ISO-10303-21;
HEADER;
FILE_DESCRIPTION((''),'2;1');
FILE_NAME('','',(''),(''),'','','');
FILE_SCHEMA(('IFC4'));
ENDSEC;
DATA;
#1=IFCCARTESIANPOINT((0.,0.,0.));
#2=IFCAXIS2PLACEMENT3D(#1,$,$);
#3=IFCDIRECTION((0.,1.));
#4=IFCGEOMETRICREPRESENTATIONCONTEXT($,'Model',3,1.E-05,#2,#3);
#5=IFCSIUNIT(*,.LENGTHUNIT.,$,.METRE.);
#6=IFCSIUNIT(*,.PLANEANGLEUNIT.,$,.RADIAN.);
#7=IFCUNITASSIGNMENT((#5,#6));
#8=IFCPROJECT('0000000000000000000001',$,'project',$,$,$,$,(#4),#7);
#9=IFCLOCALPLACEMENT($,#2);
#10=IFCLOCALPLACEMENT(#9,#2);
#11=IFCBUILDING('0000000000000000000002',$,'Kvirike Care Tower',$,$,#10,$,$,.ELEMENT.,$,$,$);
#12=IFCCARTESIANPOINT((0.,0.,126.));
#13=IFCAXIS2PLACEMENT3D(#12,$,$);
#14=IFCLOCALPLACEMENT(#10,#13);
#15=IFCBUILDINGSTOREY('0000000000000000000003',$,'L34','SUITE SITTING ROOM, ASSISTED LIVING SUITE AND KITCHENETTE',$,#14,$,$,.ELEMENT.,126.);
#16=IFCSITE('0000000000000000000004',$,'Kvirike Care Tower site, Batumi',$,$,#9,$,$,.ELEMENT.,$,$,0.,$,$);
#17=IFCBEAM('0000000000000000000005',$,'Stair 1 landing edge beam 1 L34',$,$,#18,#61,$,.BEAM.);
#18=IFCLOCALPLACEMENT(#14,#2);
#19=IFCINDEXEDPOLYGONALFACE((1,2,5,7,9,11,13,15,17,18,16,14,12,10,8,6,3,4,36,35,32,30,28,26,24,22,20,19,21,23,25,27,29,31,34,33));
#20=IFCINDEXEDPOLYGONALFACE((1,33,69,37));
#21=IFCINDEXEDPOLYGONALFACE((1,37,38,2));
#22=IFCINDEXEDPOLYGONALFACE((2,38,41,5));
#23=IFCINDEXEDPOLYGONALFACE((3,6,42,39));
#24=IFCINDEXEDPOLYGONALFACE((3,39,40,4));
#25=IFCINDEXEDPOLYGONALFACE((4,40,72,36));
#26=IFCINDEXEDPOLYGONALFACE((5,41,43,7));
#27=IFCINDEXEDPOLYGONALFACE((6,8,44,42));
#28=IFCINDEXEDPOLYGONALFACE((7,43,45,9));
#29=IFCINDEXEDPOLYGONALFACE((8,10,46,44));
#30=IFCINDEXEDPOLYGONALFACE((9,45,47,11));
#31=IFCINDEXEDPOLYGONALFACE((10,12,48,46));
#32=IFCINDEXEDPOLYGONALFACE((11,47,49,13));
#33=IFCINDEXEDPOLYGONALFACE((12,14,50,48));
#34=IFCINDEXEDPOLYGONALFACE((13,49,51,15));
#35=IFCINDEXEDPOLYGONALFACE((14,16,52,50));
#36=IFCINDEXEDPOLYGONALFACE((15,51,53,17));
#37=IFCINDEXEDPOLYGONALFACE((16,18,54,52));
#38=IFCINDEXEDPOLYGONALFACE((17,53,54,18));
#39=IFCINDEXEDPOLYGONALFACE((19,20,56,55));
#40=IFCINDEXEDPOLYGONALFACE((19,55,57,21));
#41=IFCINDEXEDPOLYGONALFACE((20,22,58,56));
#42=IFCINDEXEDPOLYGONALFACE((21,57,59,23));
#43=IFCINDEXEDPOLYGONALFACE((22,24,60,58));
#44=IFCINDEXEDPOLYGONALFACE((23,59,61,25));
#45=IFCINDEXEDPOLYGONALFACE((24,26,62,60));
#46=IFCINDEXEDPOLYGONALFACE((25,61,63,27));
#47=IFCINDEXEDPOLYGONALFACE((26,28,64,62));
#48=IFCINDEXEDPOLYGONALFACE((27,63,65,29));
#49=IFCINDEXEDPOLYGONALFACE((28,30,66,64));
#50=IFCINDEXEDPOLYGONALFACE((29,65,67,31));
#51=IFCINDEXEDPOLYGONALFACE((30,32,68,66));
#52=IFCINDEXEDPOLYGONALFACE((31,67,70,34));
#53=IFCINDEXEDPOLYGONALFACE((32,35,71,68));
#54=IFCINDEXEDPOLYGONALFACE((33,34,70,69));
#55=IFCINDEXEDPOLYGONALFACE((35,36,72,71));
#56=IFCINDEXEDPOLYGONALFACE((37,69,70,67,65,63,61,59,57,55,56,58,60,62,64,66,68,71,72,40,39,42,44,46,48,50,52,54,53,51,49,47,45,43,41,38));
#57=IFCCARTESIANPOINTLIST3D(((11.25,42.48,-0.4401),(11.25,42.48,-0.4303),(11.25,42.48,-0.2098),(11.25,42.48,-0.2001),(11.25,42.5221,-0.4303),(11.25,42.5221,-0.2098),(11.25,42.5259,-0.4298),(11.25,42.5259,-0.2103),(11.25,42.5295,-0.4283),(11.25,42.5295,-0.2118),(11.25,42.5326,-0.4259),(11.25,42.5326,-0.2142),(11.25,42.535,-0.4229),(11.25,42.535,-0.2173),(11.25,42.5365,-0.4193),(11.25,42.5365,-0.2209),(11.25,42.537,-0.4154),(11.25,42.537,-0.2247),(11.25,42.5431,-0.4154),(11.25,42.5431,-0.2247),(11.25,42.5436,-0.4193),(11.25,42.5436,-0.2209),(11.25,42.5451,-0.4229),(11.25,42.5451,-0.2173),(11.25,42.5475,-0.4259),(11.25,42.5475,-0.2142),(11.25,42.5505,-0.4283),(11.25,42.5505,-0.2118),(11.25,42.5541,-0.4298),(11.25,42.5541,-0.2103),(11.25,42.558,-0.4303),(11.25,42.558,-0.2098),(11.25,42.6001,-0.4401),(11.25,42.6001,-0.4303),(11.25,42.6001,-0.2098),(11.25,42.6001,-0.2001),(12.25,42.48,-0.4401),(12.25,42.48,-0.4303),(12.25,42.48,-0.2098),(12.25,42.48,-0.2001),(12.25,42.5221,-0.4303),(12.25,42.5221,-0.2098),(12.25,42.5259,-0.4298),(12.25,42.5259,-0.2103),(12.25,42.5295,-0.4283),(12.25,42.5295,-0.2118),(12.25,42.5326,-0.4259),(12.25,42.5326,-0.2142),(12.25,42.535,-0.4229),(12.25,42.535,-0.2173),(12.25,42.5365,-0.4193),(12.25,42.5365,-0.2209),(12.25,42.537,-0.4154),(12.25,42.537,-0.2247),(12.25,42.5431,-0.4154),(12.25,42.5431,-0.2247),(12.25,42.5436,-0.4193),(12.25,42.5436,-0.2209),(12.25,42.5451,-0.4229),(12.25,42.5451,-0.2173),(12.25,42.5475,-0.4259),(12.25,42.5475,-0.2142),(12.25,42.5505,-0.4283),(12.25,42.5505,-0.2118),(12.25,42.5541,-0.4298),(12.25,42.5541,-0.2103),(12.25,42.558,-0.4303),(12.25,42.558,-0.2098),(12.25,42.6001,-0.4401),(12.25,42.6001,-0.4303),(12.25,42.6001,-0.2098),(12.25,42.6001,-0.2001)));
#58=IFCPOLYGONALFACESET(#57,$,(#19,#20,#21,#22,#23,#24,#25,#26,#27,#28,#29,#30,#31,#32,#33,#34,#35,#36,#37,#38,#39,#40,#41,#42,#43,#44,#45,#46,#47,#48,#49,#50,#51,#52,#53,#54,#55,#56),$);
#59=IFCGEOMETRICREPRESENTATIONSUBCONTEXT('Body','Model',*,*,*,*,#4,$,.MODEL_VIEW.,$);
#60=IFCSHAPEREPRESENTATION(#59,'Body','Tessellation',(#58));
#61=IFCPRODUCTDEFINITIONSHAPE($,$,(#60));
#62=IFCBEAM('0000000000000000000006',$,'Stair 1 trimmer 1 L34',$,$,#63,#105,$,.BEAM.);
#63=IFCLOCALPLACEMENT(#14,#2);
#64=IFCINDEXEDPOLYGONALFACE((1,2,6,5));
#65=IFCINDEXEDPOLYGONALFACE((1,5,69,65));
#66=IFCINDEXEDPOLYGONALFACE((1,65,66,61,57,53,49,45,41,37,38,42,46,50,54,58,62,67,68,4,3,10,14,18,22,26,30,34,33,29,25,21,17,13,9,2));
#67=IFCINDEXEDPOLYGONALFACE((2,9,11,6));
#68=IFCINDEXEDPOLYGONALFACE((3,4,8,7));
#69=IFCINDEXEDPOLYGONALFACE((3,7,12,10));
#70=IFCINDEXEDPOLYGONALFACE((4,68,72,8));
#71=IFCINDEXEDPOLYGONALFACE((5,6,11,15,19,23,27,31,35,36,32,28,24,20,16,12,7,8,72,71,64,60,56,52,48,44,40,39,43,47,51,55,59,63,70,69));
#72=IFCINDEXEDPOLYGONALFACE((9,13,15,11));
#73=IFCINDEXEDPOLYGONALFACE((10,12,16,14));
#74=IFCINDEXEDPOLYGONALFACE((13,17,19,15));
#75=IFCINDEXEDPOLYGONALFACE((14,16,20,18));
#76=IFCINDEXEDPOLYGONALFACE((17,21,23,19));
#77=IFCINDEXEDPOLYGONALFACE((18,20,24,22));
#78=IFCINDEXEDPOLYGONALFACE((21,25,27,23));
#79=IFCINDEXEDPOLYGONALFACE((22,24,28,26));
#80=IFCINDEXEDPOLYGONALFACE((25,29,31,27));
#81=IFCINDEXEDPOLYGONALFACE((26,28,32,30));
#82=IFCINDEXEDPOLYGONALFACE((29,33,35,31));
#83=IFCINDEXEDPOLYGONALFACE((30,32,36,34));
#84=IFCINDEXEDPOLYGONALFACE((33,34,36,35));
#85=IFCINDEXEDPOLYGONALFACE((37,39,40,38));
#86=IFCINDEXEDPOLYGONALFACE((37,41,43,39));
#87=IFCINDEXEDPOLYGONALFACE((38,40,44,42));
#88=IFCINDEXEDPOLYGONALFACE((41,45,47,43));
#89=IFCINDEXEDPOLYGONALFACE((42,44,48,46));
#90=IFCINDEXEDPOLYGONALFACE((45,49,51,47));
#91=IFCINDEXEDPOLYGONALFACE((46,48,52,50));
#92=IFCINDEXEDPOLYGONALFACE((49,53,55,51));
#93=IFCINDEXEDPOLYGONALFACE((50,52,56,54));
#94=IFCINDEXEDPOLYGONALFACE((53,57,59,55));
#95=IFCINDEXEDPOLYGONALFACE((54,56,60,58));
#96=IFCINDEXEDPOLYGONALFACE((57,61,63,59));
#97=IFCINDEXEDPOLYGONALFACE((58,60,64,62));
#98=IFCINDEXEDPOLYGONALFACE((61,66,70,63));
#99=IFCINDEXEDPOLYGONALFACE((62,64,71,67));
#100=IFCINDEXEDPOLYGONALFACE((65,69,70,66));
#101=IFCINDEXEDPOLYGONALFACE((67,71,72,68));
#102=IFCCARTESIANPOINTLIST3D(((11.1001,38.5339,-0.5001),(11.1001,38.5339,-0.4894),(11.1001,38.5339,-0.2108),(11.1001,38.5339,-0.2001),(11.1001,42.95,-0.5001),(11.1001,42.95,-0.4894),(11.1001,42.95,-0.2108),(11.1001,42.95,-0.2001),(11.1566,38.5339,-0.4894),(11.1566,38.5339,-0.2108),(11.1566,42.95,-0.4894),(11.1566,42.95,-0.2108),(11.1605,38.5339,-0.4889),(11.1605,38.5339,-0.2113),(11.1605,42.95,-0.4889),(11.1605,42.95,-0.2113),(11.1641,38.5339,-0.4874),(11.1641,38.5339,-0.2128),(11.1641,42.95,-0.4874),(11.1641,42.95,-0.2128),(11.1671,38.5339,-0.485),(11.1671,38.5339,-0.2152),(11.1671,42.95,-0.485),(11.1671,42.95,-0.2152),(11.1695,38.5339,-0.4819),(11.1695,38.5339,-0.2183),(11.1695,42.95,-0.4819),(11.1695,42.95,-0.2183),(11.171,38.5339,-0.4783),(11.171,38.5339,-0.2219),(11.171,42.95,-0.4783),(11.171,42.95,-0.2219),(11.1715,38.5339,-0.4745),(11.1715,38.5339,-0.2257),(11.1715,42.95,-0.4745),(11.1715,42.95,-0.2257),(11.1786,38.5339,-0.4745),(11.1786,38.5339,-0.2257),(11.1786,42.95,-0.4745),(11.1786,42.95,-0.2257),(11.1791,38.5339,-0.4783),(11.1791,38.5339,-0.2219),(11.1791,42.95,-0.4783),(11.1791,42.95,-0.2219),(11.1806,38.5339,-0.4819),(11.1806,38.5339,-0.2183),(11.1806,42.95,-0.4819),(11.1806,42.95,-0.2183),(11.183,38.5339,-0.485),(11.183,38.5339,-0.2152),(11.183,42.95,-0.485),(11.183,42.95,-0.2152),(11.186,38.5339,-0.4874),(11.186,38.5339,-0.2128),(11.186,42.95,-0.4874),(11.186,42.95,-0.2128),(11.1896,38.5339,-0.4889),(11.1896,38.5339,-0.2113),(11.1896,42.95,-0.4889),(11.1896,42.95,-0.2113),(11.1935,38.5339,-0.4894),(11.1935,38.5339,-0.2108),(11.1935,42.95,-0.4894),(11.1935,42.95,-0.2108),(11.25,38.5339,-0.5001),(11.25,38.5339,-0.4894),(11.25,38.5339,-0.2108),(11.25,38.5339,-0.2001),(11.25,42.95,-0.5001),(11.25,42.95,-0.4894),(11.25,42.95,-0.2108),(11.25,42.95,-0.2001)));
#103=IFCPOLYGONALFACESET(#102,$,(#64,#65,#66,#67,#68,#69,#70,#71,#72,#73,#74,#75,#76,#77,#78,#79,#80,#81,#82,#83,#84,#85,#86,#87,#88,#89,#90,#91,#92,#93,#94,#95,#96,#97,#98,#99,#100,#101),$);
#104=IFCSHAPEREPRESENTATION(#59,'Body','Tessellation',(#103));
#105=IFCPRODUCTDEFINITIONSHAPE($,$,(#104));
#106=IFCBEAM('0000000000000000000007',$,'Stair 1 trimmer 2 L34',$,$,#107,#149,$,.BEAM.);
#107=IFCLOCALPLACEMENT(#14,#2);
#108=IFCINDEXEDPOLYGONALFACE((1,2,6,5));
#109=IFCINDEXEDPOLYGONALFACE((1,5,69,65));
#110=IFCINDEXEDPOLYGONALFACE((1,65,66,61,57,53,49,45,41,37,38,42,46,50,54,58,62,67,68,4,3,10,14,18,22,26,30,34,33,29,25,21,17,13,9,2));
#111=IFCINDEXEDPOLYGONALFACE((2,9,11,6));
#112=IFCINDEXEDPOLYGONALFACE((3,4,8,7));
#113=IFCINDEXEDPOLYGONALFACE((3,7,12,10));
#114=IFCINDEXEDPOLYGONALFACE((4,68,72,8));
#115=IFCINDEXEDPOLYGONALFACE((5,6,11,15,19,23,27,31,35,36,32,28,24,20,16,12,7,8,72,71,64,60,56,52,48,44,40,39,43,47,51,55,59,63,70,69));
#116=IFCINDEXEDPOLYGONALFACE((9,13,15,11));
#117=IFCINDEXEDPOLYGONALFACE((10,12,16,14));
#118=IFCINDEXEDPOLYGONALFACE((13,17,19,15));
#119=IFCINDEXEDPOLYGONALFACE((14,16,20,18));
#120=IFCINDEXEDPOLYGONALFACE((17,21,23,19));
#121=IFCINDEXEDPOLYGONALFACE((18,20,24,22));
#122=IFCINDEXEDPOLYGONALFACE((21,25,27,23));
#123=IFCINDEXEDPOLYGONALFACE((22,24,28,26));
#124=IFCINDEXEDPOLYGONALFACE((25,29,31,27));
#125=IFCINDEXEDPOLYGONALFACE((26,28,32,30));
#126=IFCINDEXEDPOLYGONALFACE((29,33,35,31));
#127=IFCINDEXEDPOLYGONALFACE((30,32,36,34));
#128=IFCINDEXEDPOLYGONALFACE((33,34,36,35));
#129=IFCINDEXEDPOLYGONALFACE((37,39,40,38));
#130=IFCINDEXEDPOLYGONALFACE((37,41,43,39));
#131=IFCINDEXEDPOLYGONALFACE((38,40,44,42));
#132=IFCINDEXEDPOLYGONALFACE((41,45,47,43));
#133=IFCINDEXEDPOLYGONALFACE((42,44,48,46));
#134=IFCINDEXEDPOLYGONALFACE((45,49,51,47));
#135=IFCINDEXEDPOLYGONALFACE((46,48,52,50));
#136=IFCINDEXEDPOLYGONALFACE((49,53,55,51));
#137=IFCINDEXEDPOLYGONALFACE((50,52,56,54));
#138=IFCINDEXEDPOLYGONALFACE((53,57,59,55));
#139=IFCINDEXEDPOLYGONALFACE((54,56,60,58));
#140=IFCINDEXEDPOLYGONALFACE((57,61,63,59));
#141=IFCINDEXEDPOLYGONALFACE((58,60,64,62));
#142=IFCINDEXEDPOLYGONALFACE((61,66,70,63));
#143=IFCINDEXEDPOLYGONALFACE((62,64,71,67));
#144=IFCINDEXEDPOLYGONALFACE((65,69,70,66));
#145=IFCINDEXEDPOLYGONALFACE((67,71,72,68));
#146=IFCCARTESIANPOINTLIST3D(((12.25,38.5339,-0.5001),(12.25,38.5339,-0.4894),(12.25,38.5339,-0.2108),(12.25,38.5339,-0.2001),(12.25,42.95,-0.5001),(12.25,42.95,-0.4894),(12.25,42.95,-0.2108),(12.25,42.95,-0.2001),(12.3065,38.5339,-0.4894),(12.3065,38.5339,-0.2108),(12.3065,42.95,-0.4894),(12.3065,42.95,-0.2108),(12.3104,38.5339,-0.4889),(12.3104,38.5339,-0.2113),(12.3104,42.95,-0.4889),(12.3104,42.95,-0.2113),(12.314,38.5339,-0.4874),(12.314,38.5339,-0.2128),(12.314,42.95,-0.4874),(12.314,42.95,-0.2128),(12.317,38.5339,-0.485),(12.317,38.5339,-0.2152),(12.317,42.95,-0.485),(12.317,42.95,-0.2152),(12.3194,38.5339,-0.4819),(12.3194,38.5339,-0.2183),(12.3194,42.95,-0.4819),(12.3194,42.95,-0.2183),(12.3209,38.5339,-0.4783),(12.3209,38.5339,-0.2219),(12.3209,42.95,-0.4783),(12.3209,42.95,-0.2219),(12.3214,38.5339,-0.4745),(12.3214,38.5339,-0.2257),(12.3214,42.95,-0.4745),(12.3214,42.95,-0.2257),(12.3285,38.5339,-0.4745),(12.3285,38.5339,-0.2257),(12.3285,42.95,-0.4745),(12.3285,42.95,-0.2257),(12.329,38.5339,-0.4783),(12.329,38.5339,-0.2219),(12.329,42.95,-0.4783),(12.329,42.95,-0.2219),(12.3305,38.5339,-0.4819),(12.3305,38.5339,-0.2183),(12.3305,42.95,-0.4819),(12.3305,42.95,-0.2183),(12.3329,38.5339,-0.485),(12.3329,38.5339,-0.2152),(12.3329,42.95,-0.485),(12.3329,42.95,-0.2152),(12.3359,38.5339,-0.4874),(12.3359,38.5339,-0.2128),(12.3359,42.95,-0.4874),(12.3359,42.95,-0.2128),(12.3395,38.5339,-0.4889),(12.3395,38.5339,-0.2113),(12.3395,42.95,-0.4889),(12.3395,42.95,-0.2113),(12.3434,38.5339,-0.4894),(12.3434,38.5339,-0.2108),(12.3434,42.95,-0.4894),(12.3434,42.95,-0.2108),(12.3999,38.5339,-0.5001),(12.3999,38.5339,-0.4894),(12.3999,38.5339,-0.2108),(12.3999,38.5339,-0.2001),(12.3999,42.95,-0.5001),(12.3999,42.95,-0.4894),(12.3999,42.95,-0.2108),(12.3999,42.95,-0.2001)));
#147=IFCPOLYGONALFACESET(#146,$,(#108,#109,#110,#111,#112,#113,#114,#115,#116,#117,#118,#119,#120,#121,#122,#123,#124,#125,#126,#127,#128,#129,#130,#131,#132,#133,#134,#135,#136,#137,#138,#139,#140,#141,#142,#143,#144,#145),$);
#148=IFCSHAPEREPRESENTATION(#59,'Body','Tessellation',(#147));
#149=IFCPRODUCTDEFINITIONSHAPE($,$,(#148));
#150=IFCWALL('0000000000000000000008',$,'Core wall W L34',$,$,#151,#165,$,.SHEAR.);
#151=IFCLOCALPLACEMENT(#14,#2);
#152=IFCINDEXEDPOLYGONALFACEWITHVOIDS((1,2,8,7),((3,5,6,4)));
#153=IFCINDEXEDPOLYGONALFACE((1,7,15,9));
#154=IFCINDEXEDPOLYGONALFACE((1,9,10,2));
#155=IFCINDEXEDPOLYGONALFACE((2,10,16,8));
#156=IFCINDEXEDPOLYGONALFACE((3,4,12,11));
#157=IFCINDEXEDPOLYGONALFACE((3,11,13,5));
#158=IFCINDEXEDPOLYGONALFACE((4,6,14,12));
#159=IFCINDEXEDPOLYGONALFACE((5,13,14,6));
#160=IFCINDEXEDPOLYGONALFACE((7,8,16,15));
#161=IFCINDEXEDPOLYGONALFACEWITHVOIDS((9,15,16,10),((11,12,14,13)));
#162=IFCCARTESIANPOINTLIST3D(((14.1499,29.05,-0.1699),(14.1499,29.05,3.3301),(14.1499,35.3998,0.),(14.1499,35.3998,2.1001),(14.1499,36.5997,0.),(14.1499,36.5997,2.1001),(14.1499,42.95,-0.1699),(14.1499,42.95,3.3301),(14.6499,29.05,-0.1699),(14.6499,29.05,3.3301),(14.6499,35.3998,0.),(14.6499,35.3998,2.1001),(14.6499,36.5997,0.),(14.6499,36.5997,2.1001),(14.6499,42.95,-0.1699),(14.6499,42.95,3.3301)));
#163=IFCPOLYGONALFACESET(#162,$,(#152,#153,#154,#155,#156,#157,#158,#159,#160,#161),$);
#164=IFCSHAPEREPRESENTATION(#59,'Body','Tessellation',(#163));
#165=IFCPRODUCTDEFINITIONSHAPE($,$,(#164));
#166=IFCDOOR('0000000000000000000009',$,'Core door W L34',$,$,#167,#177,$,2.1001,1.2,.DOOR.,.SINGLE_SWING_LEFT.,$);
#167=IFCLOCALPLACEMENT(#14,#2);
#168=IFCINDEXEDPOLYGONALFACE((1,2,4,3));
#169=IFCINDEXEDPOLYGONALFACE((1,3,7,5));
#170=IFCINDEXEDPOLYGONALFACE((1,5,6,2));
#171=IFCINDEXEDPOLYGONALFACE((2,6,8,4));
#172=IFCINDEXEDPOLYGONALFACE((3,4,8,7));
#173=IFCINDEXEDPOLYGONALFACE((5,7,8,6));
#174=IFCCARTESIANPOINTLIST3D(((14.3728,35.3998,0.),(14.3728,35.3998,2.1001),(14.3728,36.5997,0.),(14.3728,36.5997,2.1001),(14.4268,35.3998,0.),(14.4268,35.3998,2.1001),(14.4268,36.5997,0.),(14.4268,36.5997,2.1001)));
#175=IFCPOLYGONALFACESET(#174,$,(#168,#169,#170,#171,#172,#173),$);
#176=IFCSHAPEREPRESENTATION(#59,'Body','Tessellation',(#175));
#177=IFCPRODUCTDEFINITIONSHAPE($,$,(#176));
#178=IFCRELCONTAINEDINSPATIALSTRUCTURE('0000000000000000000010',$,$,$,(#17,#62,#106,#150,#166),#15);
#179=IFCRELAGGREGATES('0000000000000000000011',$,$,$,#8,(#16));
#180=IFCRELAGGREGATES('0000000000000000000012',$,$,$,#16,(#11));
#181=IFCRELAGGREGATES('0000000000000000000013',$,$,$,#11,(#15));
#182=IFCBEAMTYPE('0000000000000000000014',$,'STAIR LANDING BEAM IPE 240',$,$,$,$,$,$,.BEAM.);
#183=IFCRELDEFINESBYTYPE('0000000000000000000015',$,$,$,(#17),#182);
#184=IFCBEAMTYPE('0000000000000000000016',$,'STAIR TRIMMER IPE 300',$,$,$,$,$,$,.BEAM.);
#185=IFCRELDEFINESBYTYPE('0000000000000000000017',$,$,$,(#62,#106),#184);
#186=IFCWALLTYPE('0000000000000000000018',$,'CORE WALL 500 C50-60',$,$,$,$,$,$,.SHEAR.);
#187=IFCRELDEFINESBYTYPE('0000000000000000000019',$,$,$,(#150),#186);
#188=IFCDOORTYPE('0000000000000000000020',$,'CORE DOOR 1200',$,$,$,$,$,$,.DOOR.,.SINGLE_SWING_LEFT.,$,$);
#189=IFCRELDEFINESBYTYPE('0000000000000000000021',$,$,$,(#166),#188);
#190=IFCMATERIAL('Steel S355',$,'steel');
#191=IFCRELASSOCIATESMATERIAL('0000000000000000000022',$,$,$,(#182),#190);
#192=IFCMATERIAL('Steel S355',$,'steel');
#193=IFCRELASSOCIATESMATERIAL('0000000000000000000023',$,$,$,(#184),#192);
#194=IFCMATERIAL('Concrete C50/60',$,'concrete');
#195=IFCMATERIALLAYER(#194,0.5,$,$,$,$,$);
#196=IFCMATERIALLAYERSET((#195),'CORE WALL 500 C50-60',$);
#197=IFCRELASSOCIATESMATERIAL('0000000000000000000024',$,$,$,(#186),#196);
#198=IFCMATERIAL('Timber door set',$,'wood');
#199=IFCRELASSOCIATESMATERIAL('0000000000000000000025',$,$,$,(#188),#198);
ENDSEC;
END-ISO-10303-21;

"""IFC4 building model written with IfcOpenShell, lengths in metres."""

from ifc_helpers import new_model, si_unit, direction, frame, frame_2d, origin, origin_2d, place, context, subcontext, project, spatial, rectangle, i_section, extrude, material, layer, layer_set, material_profile, profile_set, type_object, element, fill, save


model = new_model("IFC4")

# Units and contexts
model_context = context("Model", 3, precision=1e-05, world=origin(), true_north=direction((0.0, 1.0)))
body_context = subcontext(model_context, "Body", "Model", "MODEL_VIEW")
ifc_project = project(units=[si_unit("LENGTHUNIT", "METRE"), si_unit("PLANEANGLEUNIT", "RADIAN")], contexts=[model_context])

# Site, building, storey
site_placement = place(None, origin())
site = spatial("IfcSite", under=ifc_project, at=site_placement, Name="Kvirike Care Tower site, Batumi", CompositionType="ELEMENT", RefElevation=0.0)
building_placement = place(site_placement, origin())
building = spatial("IfcBuilding", under=site, at=building_placement, Name="Kvirike Care Tower", CompositionType="ELEMENT")
storey_placement = place(building_placement, frame((0.0, 0.0, 126.0)))
storey = spatial("IfcBuildingStorey", under=building, at=storey_placement, Name="L34", Description="SUITE SITTING ROOM, ASSISTED LIVING SUITE AND KITCHENETTE", CompositionType="ELEMENT", Elevation=126.0)

# Beams
ifc_material_1 = material(Name="Steel S355", Category="steel")
ifc_material_profile_1 = material_profile(ifc_material_1, i_section(OverallWidth=0.1201, OverallDepth=0.24, WebThickness=0.0061, FlangeThickness=0.0098, FilletRadius=0.0149, at=origin_2d()), Name="IPE 240")
ifc_profile_set_1 = profile_set([ifc_material_profile_1], Name="Steel S355")
beam_type_1 = type_object("IfcBeamType", Name="STAIR LANDING BEAM IPE 240", PredefinedType="BEAM", material=ifc_profile_set_1)
beam_1_placement = place(storey_placement, frame((11.25, 42.54, -0.3201), z_axis=(1.0, 0.0, 0.0), x_axis=(0.0, 1.0, 0.0)))
element("IfcBeam", 1, at=beam_1_placement, inside=storey, type_object=beam_type_1, Name="Stair 1 landing edge beam 1 L34", PredefinedType="BEAM", context=body_context, shape_type="SweptSolid", body=[
    extrude(i_section(OverallWidth=0.1201, OverallDepth=0.24, WebThickness=0.0061, FlangeThickness=0.0098, FilletRadius=0.0149, at=origin_2d()), origin(), (0.0, 0.0, 1.0), 1.0),
])
ifc_material_2 = material(Name="Steel S355", Category="steel")
ifc_material_profile_2 = material_profile(ifc_material_2, i_section(OverallWidth=0.1499, OverallDepth=0.3, WebThickness=0.0071, FlangeThickness=0.0107, FilletRadius=0.0149, at=origin_2d()), Name="IPE 300")
ifc_profile_set_2 = profile_set([ifc_material_profile_2], Name="Steel S355")
beam_type_2 = type_object("IfcBeamType", Name="STAIR TRIMMER IPE 300", PredefinedType="BEAM", material=ifc_profile_set_2)
for number, where, z_axis, x_axis, name in (
    (2, (11.175, 42.95, -0.3501), (0.0, -1.0, 0.0), (1.0, 0.0, 0.0), "Stair 1 trimmer 1 L34"),
    (3, (12.325, 42.95, -0.3501), (0.0, -1.0, 0.0), (1.0, 0.0, 0.0), "Stair 1 trimmer 2 L34"),
):
    element("IfcBeam", number, at=place(storey_placement, frame(where, z_axis=z_axis, x_axis=x_axis)), inside=storey, type_object=beam_type_2, Name=name, PredefinedType="BEAM", context=body_context, shape_type="SweptSolid", body=[
        extrude(i_section(OverallWidth=0.1499, OverallDepth=0.3, WebThickness=0.0071, FlangeThickness=0.0107, FilletRadius=0.0149, at=origin_2d()), origin(), (0.0, 0.0, 1.0), 4.416),
    ])

# Wall, opening, door
ifc_material_3 = material(Name="Concrete C50/60", Category="concrete")
ifc_layer_1 = layer(ifc_material_3, 0.5)
ifc_layer_set_1 = layer_set([ifc_layer_1], Name="CORE WALL 500 C50-60")
wall_type_1 = type_object("IfcWallType", Name="CORE WALL 500 C50-60", PredefinedType="SHEAR", material=ifc_layer_set_1)
wall_1_placement = place(storey_placement, frame((14.3999, 42.95, -0.1699), z_axis=(0.0, 0.0, 1.0), x_axis=(0.0, -1.0, 0.0)))
wall_1 = element("IfcWall", 4, at=wall_1_placement, inside=storey, type_object=wall_type_1, Name="Core wall W L34", PredefinedType="SHEAR", context=body_context, shape_type="SweptSolid", body=[
    extrude(rectangle(XDim=13.8999, YDim=0.5, at=frame_2d((6.95, 0.0))), origin(), (0.0, 0.0, 1.0), 3.5),
])
opening_1_placement = place(wall_1_placement, frame((6.3501, 0.0, 0.1699)))
opening_1 = element("IfcOpeningElement", 5, at=opening_1_placement, cuts=wall_1, PredefinedType="OPENING", context=body_context, shape_type="SweptSolid", body=[
    extrude(rectangle(XDim=1.2, YDim=2.1001, at=frame_2d((0.6001, 1.05))), frame((0.0, 0.2605, 0.0), z_axis=(0.0, -1.0, 0.0), x_axis=(1.0, 0.0, 0.0)), (0.0, 0.0, 1.0), 0.521),
])
ifc_material_4 = material(Name="Timber door set", Category="wood")
door_type_1 = type_object("IfcDoorType", Name="CORE DOOR 1200", OperationType="SINGLE_SWING_LEFT", PredefinedType="DOOR", material=ifc_material_4)
door_1_placement = place(opening_1_placement, origin())
door_1 = element("IfcDoor", 6, at=door_1_placement, inside=storey, type_object=door_type_1, Name="Core door W L34", OperationType="SINGLE_SWING_LEFT", OverallHeight=2.1001, OverallWidth=1.2, PredefinedType="DOOR", context=body_context, shape_type="SweptSolid", body=[
    extrude(rectangle(XDim=1.2, YDim=2.1001, at=frame_2d((0.6001, 1.05))), frame((0.0, 0.0269, 0.0), z_axis=(0.0, -1.0, 0.0), x_axis=(1.0, 0.0, 0.0)), (0.0, 0.0, 1.0), 0.054),
])
fill(opening_1, door_1)

save(model, "model.ifc")
